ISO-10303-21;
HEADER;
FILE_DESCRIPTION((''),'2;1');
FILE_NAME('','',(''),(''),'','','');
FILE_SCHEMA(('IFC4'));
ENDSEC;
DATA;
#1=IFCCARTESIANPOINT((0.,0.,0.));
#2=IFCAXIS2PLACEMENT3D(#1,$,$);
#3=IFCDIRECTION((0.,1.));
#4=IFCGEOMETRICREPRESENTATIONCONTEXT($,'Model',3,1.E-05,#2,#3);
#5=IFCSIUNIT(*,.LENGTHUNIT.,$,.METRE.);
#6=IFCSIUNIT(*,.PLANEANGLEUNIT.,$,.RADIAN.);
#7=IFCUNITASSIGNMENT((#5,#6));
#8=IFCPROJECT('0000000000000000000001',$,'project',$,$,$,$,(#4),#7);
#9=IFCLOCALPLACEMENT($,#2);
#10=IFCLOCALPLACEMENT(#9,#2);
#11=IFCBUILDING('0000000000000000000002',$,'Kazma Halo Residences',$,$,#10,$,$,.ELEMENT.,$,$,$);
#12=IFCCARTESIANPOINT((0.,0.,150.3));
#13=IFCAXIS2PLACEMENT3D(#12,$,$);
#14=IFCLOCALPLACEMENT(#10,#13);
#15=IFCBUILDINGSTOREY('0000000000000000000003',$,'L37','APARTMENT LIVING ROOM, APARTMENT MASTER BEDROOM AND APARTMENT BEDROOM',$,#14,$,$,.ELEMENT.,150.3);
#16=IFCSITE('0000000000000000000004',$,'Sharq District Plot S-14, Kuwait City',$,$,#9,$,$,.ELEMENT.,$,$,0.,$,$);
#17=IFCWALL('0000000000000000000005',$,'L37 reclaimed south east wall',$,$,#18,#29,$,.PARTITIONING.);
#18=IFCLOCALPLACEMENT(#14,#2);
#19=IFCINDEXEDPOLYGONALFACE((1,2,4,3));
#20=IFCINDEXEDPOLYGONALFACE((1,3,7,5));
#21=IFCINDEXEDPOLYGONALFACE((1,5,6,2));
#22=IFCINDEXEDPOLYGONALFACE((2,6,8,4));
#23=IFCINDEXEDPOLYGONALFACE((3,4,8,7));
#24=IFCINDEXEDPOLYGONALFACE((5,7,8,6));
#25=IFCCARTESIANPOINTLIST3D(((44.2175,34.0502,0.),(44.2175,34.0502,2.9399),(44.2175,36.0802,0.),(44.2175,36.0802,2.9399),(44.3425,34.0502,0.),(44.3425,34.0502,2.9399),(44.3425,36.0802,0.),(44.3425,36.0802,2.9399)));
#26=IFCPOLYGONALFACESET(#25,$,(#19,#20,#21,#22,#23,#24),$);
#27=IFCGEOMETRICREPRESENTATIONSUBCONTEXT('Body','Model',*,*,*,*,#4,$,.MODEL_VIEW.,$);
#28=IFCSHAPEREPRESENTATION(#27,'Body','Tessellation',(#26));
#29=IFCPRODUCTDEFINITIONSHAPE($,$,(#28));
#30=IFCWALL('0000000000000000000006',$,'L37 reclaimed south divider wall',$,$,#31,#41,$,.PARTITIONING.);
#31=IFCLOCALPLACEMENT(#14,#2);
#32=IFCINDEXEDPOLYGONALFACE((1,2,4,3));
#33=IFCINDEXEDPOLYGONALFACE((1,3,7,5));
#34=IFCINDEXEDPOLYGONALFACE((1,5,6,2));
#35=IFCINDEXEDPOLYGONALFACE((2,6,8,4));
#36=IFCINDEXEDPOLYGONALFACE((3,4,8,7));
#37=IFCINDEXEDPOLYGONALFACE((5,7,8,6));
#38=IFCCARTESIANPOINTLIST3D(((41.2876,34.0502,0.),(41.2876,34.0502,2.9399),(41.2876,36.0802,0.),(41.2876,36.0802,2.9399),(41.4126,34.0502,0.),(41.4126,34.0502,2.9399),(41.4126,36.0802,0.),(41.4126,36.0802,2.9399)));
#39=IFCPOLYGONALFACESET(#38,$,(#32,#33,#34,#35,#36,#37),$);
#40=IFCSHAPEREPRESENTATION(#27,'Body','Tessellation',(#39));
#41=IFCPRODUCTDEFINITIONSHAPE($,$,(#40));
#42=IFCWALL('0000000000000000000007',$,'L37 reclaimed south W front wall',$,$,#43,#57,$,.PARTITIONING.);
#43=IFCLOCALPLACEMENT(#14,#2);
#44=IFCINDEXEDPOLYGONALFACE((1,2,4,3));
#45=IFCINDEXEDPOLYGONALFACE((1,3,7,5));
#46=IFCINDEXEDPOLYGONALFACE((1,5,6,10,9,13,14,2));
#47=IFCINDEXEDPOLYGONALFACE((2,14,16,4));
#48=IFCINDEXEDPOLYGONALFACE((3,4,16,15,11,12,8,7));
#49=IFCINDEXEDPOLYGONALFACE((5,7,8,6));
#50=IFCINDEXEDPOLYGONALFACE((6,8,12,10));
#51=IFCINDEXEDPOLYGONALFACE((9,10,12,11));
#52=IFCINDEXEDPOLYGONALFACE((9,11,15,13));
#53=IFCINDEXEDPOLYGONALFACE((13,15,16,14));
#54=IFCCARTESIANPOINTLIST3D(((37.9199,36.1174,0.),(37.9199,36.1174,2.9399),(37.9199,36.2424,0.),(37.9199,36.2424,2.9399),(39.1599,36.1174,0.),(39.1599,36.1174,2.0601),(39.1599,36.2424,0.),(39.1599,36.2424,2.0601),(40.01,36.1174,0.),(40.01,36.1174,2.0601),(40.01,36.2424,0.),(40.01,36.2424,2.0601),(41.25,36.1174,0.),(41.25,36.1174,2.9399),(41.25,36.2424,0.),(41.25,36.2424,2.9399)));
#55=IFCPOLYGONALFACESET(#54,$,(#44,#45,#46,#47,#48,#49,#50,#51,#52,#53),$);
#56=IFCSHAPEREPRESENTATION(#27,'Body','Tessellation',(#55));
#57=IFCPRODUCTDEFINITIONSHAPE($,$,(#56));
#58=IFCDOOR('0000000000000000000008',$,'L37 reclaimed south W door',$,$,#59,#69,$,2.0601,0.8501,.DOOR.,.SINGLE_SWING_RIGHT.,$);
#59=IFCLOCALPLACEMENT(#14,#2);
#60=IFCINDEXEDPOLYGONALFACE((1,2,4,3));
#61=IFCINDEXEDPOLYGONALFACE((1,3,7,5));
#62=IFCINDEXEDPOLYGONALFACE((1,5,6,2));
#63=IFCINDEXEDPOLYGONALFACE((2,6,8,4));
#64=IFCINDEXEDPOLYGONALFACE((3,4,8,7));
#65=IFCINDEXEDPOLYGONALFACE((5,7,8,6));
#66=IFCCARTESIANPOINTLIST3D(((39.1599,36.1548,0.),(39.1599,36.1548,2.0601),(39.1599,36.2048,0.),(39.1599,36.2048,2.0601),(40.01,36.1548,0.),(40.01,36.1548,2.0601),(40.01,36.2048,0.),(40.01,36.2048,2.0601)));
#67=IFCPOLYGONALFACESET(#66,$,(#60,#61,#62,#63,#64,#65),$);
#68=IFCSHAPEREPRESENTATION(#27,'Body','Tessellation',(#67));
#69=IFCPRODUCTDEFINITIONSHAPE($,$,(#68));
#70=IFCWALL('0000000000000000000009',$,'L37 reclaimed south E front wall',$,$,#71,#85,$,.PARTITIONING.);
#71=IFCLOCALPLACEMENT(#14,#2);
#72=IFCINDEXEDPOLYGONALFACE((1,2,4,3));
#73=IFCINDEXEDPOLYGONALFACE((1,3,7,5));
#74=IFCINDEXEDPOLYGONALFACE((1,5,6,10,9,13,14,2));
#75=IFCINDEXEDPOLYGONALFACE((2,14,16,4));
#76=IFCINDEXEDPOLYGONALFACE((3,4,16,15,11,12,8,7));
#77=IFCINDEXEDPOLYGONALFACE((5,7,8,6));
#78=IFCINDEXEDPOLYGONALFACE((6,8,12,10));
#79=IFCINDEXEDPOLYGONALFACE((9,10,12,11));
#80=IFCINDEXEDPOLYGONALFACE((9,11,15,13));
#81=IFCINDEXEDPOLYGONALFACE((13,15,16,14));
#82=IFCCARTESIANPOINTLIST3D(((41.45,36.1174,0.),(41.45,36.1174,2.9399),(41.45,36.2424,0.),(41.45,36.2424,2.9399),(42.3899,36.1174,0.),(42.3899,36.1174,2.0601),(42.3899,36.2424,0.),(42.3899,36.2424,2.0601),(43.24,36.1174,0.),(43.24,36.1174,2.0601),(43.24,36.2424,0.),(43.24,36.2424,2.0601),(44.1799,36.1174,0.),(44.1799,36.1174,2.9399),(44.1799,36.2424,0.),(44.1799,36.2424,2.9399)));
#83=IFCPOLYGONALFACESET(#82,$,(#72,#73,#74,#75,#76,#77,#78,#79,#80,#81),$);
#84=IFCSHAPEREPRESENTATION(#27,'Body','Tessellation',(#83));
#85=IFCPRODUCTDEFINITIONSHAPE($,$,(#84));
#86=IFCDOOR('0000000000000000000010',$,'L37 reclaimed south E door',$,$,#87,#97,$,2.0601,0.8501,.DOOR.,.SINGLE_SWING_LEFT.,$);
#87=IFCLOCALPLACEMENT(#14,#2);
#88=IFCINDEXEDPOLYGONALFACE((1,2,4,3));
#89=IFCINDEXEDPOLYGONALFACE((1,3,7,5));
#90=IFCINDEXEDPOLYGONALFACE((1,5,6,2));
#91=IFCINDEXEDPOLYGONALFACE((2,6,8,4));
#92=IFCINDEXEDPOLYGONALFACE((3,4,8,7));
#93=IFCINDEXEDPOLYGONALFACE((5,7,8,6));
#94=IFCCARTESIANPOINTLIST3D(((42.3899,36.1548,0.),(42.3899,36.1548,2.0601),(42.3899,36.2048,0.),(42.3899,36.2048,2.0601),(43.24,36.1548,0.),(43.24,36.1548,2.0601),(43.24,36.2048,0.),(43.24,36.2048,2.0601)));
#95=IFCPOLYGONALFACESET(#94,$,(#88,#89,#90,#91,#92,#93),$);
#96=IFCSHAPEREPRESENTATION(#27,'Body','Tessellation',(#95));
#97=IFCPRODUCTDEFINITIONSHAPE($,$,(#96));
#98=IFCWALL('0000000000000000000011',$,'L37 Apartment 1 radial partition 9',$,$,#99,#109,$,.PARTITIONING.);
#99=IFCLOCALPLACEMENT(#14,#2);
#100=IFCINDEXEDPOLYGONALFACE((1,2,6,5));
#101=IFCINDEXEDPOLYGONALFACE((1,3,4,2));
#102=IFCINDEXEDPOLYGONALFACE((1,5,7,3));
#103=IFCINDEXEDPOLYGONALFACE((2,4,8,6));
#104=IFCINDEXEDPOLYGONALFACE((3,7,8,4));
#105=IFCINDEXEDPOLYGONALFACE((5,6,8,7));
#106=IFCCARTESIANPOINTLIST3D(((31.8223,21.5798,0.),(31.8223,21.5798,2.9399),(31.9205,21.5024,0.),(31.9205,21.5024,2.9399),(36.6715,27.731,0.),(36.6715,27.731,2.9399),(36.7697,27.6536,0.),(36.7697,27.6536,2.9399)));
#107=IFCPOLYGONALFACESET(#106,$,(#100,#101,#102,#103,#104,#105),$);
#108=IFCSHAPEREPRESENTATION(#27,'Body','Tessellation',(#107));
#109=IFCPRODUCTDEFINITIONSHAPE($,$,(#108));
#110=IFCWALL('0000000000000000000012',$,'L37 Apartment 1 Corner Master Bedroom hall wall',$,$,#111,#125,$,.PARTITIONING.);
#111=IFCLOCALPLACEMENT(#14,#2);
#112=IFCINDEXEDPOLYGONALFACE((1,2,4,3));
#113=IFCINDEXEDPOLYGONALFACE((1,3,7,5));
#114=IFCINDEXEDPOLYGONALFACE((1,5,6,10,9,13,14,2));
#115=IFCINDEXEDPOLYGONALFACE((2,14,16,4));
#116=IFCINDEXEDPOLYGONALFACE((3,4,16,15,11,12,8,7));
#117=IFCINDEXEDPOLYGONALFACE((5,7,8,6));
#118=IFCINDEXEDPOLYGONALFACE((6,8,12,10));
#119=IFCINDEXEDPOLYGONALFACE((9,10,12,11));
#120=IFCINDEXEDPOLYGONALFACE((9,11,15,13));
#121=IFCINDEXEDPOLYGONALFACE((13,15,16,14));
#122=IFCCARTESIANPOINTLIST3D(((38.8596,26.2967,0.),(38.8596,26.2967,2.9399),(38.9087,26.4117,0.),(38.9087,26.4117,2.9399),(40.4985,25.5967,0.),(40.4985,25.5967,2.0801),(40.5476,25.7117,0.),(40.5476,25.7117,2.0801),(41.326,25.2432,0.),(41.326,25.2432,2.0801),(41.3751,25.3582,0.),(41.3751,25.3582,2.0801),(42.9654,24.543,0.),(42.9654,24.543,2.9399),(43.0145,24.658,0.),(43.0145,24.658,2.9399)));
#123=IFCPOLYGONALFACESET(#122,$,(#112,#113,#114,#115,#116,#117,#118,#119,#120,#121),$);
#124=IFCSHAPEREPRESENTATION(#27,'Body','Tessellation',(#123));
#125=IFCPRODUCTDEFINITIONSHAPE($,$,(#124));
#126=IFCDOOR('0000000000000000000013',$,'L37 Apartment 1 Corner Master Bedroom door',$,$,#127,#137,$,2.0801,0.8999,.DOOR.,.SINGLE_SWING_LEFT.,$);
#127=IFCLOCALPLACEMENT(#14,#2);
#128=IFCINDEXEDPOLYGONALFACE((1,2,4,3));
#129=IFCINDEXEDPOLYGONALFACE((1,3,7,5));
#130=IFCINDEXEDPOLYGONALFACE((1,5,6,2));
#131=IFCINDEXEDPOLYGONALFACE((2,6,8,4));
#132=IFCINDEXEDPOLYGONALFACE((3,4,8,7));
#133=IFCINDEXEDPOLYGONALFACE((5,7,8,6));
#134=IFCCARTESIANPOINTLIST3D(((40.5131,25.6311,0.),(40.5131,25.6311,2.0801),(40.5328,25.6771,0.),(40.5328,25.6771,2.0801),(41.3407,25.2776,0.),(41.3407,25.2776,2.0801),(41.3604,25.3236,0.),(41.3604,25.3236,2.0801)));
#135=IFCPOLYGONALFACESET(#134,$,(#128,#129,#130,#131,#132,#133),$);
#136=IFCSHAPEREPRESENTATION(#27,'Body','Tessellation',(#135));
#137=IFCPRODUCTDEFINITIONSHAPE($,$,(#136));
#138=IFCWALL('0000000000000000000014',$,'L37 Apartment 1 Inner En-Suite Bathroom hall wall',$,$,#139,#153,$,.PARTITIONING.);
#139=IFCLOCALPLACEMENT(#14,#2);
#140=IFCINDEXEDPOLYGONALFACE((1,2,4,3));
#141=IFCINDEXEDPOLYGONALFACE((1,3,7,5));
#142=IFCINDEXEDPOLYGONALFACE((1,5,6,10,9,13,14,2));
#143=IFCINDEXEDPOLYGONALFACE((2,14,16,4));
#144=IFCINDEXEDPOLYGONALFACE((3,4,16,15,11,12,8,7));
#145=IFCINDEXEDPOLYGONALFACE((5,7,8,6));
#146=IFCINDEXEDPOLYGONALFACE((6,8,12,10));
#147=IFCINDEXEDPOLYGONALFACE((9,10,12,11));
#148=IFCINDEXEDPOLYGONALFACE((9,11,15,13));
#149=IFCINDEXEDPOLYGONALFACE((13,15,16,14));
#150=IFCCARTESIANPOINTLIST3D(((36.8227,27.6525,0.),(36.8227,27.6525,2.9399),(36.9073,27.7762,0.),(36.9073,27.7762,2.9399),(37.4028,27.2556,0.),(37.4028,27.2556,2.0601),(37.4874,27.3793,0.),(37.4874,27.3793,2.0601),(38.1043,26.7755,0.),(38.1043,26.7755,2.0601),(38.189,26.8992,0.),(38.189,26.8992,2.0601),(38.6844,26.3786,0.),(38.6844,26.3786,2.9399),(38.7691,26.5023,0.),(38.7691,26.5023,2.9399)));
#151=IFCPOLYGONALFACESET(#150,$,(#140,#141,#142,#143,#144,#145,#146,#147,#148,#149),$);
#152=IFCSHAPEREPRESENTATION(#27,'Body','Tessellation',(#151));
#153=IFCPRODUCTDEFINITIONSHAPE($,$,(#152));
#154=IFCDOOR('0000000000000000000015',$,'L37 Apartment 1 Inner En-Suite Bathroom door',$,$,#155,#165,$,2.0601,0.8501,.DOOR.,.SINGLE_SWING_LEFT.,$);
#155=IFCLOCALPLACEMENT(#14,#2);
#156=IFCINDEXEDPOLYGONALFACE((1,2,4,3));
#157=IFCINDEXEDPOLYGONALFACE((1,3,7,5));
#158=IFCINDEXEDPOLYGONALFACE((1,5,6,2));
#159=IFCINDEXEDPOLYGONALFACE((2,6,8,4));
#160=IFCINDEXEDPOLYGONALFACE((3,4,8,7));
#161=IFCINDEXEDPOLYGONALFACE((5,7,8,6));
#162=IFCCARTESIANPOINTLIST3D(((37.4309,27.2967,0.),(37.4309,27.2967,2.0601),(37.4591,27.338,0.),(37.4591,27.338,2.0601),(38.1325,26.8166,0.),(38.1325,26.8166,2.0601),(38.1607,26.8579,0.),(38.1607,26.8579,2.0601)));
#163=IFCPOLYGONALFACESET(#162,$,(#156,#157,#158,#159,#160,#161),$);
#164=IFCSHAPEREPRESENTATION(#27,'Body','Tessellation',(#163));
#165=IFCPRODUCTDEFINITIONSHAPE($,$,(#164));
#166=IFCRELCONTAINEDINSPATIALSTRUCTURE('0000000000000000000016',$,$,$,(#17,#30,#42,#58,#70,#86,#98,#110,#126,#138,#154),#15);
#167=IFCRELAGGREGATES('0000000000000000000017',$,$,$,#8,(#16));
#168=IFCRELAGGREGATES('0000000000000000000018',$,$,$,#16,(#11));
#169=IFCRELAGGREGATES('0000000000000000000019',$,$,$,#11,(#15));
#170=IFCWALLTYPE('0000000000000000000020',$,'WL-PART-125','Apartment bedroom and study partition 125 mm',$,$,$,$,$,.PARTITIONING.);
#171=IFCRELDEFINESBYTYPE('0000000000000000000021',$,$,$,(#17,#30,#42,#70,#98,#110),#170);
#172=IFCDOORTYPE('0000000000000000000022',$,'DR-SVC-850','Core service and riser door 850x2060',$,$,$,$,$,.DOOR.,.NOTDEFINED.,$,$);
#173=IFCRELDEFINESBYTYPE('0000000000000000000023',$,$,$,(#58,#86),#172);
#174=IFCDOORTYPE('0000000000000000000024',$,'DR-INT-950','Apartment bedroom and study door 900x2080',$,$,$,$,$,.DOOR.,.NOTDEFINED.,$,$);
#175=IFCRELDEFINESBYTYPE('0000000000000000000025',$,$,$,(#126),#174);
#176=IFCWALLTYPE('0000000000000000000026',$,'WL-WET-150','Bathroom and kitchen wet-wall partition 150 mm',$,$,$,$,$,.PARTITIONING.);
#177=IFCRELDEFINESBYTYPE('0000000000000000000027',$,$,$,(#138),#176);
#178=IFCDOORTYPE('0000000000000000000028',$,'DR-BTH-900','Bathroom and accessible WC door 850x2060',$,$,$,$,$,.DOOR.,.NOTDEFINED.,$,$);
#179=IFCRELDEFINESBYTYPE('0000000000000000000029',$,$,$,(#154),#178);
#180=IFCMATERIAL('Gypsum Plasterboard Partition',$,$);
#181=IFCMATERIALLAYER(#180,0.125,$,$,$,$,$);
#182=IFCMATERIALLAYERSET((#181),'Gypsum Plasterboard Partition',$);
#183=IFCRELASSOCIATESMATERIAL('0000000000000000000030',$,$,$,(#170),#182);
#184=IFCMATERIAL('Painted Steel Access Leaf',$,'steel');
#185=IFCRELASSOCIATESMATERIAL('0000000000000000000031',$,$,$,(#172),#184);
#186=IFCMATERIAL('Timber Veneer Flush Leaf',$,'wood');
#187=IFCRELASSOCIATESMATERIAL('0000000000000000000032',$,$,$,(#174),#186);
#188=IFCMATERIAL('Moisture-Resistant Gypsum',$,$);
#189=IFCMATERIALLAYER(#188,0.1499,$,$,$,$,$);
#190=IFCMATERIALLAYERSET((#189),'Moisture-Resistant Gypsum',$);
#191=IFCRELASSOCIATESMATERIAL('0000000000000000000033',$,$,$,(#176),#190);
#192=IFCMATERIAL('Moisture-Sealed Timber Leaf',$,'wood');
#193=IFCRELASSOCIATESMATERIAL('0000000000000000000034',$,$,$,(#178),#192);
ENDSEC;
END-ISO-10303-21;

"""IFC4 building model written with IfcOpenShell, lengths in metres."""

from ifc_helpers import new_model, si_unit, direction, frame, frame_2d, origin, place, context, subcontext, project, spatial, rectangle, extrude, material, layer, layer_set, type_object, element, fill, save


model = new_model("IFC4")

# Units and contexts
model_context = context("Model", 3, precision=1e-05, world=origin(), true_north=direction((0.0, 1.0)))
body_context = subcontext(model_context, "Body", "Model", "MODEL_VIEW")
ifc_project = project(units=[si_unit("LENGTHUNIT", "METRE"), si_unit("PLANEANGLEUNIT", "RADIAN")], contexts=[model_context])

# Site, building, storey
site_placement = place(None, origin())
site = spatial("IfcSite", under=ifc_project, at=site_placement, Name="Sharq District Plot S-14, Kuwait City", CompositionType="ELEMENT", RefElevation=0.0)
building_placement = place(site_placement, origin())
building = spatial("IfcBuilding", under=site, at=building_placement, Name="Kazma Halo Residences", CompositionType="ELEMENT")
storey_placement = place(building_placement, frame((0.0, 0.0, 150.3)))
storey = spatial("IfcBuildingStorey", under=building, at=storey_placement, Name="L37", Description="APARTMENT LIVING ROOM, APARTMENT MASTER BEDROOM AND APARTMENT BEDROOM", CompositionType="ELEMENT", Elevation=150.3)

# Walls
ifc_material_1 = material(Name="Gypsum Plasterboard Partition")
ifc_layer_1 = layer(ifc_material_1, 0.125)
ifc_layer_set_1 = layer_set([ifc_layer_1], Name="Gypsum Plasterboard Partition")
wall_type_1 = type_object("IfcWallType", Name="WL-PART-125", Description="Apartment bedroom and study partition 125 mm", PredefinedType="PARTITIONING", material=ifc_layer_set_1)
for number, where, z_axis, x_axis, name in (
    (1, (44.28, 34.05, 0.0), (0.0, 0.0, 1.0), (0.0, 1.0, 0.0), "L37 reclaimed south east wall"),
    (2, (41.3501, 34.05, 0.0), (0.0, 0.0, 1.0), (0.0, 1.0, 0.0), "L37 reclaimed south divider wall"),
):
    element("IfcWall", number, at=place(storey_placement, frame(where, z_axis=z_axis, x_axis=x_axis)), inside=storey, type_object=wall_type_1, Name=name, PredefinedType="PARTITIONING", context=body_context, shape_type="SweptSolid", body=[
        extrude(rectangle(XDim=2.03, YDim=0.125, at=frame_2d((1.0151, 0.0))), origin(), (0.0, 0.0, 1.0), 2.9399),
    ])

# Walls, openings, doors
wall_1_placement = place(storey_placement, frame((37.9199, 36.1799, 0.0), z_axis=(0.0, 0.0, 1.0), x_axis=(1.0, 0.0, 0.0)))
wall_1 = element("IfcWall", 3, at=wall_1_placement, inside=storey, type_object=wall_type_1, Name="L37 reclaimed south W front wall", PredefinedType="PARTITIONING", context=body_context, shape_type="SweptSolid", body=[
    extrude(rectangle(XDim=3.3301, YDim=0.125, at=frame_2d((1.665, 0.0))), origin(), (0.0, 0.0, 1.0), 2.9399),
])
opening_1_placement = place(wall_1_placement, frame((1.24, 0.0, 0.0)))
opening_1 = element("IfcOpeningElement", 4, at=opening_1_placement, cuts=wall_1, PredefinedType="OPENING", context=body_context, shape_type="SweptSolid", body=[
    extrude(rectangle(XDim=0.8501, YDim=2.0601, at=frame_2d((0.425, 1.03))), frame((0.0, 0.0725, 0.0), z_axis=(0.0, -1.0, 0.0), x_axis=(1.0, 0.0, 0.0)), (0.0, 0.0, 1.0), 0.145),
])
ifc_material_2 = material(Name="Painted Steel Access Leaf", Category="steel")
door_type_1 = type_object("IfcDoorType", Name="DR-SVC-850", Description="Core service and riser door 850x2060", OperationType="NOTDEFINED", PredefinedType="DOOR", material=ifc_material_2)
door_1_placement = place(opening_1_placement, origin())
door_1 = element("IfcDoor", 5, at=door_1_placement, inside=storey, type_object=door_type_1, Name="L37 reclaimed south W door", OperationType="SINGLE_SWING_RIGHT", OverallHeight=2.0601, OverallWidth=0.8501, PredefinedType="DOOR", context=body_context, shape_type="SweptSolid", body=[
    extrude(rectangle(XDim=0.8501, YDim=2.0601, at=frame_2d((0.425, 1.03))), frame((0.0, 0.0249, 0.0), z_axis=(0.0, -1.0, 0.0), x_axis=(1.0, 0.0, 0.0)), (0.0, 0.0, 1.0), 0.05),
])
fill(opening_1, door_1)
wall_2_placement = place(storey_placement, frame((41.45, 36.1799, 0.0), z_axis=(0.0, 0.0, 1.0), x_axis=(1.0, 0.0, 0.0)))
wall_2 = element("IfcWall", 6, at=wall_2_placement, inside=storey, type_object=wall_type_1, Name="L37 reclaimed south E front wall", PredefinedType="PARTITIONING", context=body_context, shape_type="SweptSolid", body=[
    extrude(rectangle(XDim=2.73, YDim=0.125, at=frame_2d((1.365, 0.0))), origin(), (0.0, 0.0, 1.0), 2.9399),
])
opening_2_placement = place(wall_2_placement, frame((0.9399, 0.0, 0.0)))
opening_2 = element("IfcOpeningElement", 7, at=opening_2_placement, cuts=wall_2, PredefinedType="OPENING", context=body_context, shape_type="SweptSolid", body=[
    extrude(rectangle(XDim=0.8501, YDim=2.0601, at=frame_2d((0.425, 1.03))), frame((0.0, 0.0725, 0.0), z_axis=(0.0, -1.0, 0.0), x_axis=(1.0, 0.0, 0.0)), (0.0, 0.0, 1.0), 0.145),
])
door_2_placement = place(opening_2_placement, origin())
door_2 = element("IfcDoor", 8, at=door_2_placement, inside=storey, type_object=door_type_1, Name="L37 reclaimed south E door", OperationType="SINGLE_SWING_LEFT", OverallHeight=2.0601, OverallWidth=0.8501, PredefinedType="DOOR", context=body_context, shape_type="SweptSolid", body=[
    extrude(rectangle(XDim=0.8501, YDim=2.0601, at=frame_2d((0.425, 1.03))), frame((0.0, 0.0249, 0.0), z_axis=(0.0, -1.0, 0.0), x_axis=(1.0, 0.0, 0.0)), (0.0, 0.0, 1.0), 0.05),
])
fill(opening_2, door_2)

# Wall
wall_3_placement = place(storey_placement, frame((36.7207, 27.6924, 0.0), z_axis=(0.0, 0.0, 1.0), x_axis=(-0.619091, -0.785319, 0.0)))
element("IfcWall", 9, at=wall_3_placement, inside=storey, type_object=wall_type_1, Name="L37 Apartment 1 radial partition 9", PredefinedType="PARTITIONING", context=body_context, shape_type="SweptSolid", body=[
    extrude(rectangle(XDim=7.8328, YDim=0.125, at=frame_2d((3.9165, 0.0))), origin(), (0.0, 0.0, 1.0), 2.9399),
])

# Walls, openings, doors
wall_4_placement = place(storey_placement, frame((38.884, 26.3542, 0.0), z_axis=(0.0, 0.0, 1.0), x_axis=(0.919625, -0.392797, 0.0)))
wall_4 = element("IfcWall", 10, at=wall_4_placement, inside=storey, type_object=wall_type_1, Name="L37 Apartment 1 Corner Master Bedroom hall wall", PredefinedType="PARTITIONING", context=body_context, shape_type="SweptSolid", body=[
    extrude(rectangle(XDim=4.4646, YDim=0.125, at=frame_2d((2.2324, 0.0))), origin(), (0.0, 0.0, 1.0), 2.9399),
])
opening_3_placement = place(wall_4_placement, frame((1.7822, 0.0, 0.0)))
opening_3 = element("IfcOpeningElement", 11, at=opening_3_placement, cuts=wall_4, PredefinedType="OPENING", context=body_context, shape_type="SweptSolid", body=[
    extrude(rectangle(XDim=0.8999, YDim=2.0801, at=frame_2d((0.45, 1.04))), frame((0.0, 0.0725, 0.0), z_axis=(0.0, -1.0, 0.0), x_axis=(1.0, 0.0, 0.0)), (0.0, 0.0, 1.0), 0.145),
])
ifc_material_3 = material(Name="Timber Veneer Flush Leaf", Category="wood")
door_type_2 = type_object("IfcDoorType", Name="DR-INT-950", Description="Apartment bedroom and study door 900x2080", OperationType="NOTDEFINED", PredefinedType="DOOR", material=ifc_material_3)
door_3_placement = place(opening_3_placement, origin())
door_3 = element("IfcDoor", 12, at=door_3_placement, inside=storey, type_object=door_type_2, Name="L37 Apartment 1 Corner Master Bedroom door", OperationType="SINGLE_SWING_LEFT", OverallHeight=2.0801, OverallWidth=0.8999, PredefinedType="DOOR", context=body_context, shape_type="SweptSolid", body=[
    extrude(rectangle(XDim=0.8999, YDim=2.0801, at=frame_2d((0.45, 1.04))), frame((0.0, 0.0249, 0.0), z_axis=(0.0, -1.0, 0.0), x_axis=(1.0, 0.0, 0.0)), (0.0, 0.0, 1.0), 0.05),
])
fill(opening_3, door_3)
ifc_material_4 = material(Name="Moisture-Resistant Gypsum")
ifc_layer_2 = layer(ifc_material_4, 0.1499)
ifc_layer_set_2 = layer_set([ifc_layer_2], Name="Moisture-Resistant Gypsum")
wall_type_2 = type_object("IfcWallType", Name="WL-WET-150", Description="Bathroom and kitchen wet-wall partition 150 mm", PredefinedType="PARTITIONING", material=ifc_layer_set_2)
wall_5_placement = place(storey_placement, frame((36.865, 27.7144, 0.0), z_axis=(0.0, 0.0, 1.0), x_axis=(0.825297, -0.564699, 0.0)))
wall_5 = element("IfcWall", 13, at=wall_5_placement, inside=storey, type_object=wall_type_2, Name="L37 Apartment 1 Inner En-Suite Bathroom hall wall", PredefinedType="PARTITIONING", context=body_context, shape_type="SweptSolid", body=[
    extrude(rectangle(XDim=2.2559, YDim=0.1499, at=frame_2d((1.1279, 0.0))), origin(), (0.0, 0.0, 1.0), 2.9399),
])
opening_4_placement = place(wall_5_placement, frame((0.7029, 0.0, 0.0)))
opening_4 = element("IfcOpeningElement", 14, at=opening_4_placement, cuts=wall_5, PredefinedType="OPENING", context=body_context, shape_type="SweptSolid", body=[
    extrude(rectangle(XDim=0.8501, YDim=2.0601, at=frame_2d((0.425, 1.03))), frame((0.0, 0.085, 0.0), z_axis=(0.0, -1.0, 0.0), x_axis=(1.0, 0.0, 0.0)), (0.0, 0.0, 1.0), 0.1699),
])
ifc_material_5 = material(Name="Moisture-Sealed Timber Leaf", Category="wood")
door_type_3 = type_object("IfcDoorType", Name="DR-BTH-900", Description="Bathroom and accessible WC door 850x2060", OperationType="NOTDEFINED", PredefinedType="DOOR", material=ifc_material_5)
door_4_placement = place(opening_4_placement, origin())
door_4 = element("IfcDoor", 15, at=door_4_placement, inside=storey, type_object=door_type_3, Name="L37 Apartment 1 Inner En-Suite Bathroom door", OperationType="SINGLE_SWING_LEFT", OverallHeight=2.0601, OverallWidth=0.8501, PredefinedType="DOOR", context=body_context, shape_type="SweptSolid", body=[
    extrude(rectangle(XDim=0.8501, YDim=2.0601, at=frame_2d((0.425, 1.03))), frame((0.0, 0.0249, 0.0), z_axis=(0.0, -1.0, 0.0), x_axis=(1.0, 0.0, 0.0)), (0.0, 0.0, 1.0), 0.05),
])
fill(opening_4, door_4)

save(model, "model.ifc")
